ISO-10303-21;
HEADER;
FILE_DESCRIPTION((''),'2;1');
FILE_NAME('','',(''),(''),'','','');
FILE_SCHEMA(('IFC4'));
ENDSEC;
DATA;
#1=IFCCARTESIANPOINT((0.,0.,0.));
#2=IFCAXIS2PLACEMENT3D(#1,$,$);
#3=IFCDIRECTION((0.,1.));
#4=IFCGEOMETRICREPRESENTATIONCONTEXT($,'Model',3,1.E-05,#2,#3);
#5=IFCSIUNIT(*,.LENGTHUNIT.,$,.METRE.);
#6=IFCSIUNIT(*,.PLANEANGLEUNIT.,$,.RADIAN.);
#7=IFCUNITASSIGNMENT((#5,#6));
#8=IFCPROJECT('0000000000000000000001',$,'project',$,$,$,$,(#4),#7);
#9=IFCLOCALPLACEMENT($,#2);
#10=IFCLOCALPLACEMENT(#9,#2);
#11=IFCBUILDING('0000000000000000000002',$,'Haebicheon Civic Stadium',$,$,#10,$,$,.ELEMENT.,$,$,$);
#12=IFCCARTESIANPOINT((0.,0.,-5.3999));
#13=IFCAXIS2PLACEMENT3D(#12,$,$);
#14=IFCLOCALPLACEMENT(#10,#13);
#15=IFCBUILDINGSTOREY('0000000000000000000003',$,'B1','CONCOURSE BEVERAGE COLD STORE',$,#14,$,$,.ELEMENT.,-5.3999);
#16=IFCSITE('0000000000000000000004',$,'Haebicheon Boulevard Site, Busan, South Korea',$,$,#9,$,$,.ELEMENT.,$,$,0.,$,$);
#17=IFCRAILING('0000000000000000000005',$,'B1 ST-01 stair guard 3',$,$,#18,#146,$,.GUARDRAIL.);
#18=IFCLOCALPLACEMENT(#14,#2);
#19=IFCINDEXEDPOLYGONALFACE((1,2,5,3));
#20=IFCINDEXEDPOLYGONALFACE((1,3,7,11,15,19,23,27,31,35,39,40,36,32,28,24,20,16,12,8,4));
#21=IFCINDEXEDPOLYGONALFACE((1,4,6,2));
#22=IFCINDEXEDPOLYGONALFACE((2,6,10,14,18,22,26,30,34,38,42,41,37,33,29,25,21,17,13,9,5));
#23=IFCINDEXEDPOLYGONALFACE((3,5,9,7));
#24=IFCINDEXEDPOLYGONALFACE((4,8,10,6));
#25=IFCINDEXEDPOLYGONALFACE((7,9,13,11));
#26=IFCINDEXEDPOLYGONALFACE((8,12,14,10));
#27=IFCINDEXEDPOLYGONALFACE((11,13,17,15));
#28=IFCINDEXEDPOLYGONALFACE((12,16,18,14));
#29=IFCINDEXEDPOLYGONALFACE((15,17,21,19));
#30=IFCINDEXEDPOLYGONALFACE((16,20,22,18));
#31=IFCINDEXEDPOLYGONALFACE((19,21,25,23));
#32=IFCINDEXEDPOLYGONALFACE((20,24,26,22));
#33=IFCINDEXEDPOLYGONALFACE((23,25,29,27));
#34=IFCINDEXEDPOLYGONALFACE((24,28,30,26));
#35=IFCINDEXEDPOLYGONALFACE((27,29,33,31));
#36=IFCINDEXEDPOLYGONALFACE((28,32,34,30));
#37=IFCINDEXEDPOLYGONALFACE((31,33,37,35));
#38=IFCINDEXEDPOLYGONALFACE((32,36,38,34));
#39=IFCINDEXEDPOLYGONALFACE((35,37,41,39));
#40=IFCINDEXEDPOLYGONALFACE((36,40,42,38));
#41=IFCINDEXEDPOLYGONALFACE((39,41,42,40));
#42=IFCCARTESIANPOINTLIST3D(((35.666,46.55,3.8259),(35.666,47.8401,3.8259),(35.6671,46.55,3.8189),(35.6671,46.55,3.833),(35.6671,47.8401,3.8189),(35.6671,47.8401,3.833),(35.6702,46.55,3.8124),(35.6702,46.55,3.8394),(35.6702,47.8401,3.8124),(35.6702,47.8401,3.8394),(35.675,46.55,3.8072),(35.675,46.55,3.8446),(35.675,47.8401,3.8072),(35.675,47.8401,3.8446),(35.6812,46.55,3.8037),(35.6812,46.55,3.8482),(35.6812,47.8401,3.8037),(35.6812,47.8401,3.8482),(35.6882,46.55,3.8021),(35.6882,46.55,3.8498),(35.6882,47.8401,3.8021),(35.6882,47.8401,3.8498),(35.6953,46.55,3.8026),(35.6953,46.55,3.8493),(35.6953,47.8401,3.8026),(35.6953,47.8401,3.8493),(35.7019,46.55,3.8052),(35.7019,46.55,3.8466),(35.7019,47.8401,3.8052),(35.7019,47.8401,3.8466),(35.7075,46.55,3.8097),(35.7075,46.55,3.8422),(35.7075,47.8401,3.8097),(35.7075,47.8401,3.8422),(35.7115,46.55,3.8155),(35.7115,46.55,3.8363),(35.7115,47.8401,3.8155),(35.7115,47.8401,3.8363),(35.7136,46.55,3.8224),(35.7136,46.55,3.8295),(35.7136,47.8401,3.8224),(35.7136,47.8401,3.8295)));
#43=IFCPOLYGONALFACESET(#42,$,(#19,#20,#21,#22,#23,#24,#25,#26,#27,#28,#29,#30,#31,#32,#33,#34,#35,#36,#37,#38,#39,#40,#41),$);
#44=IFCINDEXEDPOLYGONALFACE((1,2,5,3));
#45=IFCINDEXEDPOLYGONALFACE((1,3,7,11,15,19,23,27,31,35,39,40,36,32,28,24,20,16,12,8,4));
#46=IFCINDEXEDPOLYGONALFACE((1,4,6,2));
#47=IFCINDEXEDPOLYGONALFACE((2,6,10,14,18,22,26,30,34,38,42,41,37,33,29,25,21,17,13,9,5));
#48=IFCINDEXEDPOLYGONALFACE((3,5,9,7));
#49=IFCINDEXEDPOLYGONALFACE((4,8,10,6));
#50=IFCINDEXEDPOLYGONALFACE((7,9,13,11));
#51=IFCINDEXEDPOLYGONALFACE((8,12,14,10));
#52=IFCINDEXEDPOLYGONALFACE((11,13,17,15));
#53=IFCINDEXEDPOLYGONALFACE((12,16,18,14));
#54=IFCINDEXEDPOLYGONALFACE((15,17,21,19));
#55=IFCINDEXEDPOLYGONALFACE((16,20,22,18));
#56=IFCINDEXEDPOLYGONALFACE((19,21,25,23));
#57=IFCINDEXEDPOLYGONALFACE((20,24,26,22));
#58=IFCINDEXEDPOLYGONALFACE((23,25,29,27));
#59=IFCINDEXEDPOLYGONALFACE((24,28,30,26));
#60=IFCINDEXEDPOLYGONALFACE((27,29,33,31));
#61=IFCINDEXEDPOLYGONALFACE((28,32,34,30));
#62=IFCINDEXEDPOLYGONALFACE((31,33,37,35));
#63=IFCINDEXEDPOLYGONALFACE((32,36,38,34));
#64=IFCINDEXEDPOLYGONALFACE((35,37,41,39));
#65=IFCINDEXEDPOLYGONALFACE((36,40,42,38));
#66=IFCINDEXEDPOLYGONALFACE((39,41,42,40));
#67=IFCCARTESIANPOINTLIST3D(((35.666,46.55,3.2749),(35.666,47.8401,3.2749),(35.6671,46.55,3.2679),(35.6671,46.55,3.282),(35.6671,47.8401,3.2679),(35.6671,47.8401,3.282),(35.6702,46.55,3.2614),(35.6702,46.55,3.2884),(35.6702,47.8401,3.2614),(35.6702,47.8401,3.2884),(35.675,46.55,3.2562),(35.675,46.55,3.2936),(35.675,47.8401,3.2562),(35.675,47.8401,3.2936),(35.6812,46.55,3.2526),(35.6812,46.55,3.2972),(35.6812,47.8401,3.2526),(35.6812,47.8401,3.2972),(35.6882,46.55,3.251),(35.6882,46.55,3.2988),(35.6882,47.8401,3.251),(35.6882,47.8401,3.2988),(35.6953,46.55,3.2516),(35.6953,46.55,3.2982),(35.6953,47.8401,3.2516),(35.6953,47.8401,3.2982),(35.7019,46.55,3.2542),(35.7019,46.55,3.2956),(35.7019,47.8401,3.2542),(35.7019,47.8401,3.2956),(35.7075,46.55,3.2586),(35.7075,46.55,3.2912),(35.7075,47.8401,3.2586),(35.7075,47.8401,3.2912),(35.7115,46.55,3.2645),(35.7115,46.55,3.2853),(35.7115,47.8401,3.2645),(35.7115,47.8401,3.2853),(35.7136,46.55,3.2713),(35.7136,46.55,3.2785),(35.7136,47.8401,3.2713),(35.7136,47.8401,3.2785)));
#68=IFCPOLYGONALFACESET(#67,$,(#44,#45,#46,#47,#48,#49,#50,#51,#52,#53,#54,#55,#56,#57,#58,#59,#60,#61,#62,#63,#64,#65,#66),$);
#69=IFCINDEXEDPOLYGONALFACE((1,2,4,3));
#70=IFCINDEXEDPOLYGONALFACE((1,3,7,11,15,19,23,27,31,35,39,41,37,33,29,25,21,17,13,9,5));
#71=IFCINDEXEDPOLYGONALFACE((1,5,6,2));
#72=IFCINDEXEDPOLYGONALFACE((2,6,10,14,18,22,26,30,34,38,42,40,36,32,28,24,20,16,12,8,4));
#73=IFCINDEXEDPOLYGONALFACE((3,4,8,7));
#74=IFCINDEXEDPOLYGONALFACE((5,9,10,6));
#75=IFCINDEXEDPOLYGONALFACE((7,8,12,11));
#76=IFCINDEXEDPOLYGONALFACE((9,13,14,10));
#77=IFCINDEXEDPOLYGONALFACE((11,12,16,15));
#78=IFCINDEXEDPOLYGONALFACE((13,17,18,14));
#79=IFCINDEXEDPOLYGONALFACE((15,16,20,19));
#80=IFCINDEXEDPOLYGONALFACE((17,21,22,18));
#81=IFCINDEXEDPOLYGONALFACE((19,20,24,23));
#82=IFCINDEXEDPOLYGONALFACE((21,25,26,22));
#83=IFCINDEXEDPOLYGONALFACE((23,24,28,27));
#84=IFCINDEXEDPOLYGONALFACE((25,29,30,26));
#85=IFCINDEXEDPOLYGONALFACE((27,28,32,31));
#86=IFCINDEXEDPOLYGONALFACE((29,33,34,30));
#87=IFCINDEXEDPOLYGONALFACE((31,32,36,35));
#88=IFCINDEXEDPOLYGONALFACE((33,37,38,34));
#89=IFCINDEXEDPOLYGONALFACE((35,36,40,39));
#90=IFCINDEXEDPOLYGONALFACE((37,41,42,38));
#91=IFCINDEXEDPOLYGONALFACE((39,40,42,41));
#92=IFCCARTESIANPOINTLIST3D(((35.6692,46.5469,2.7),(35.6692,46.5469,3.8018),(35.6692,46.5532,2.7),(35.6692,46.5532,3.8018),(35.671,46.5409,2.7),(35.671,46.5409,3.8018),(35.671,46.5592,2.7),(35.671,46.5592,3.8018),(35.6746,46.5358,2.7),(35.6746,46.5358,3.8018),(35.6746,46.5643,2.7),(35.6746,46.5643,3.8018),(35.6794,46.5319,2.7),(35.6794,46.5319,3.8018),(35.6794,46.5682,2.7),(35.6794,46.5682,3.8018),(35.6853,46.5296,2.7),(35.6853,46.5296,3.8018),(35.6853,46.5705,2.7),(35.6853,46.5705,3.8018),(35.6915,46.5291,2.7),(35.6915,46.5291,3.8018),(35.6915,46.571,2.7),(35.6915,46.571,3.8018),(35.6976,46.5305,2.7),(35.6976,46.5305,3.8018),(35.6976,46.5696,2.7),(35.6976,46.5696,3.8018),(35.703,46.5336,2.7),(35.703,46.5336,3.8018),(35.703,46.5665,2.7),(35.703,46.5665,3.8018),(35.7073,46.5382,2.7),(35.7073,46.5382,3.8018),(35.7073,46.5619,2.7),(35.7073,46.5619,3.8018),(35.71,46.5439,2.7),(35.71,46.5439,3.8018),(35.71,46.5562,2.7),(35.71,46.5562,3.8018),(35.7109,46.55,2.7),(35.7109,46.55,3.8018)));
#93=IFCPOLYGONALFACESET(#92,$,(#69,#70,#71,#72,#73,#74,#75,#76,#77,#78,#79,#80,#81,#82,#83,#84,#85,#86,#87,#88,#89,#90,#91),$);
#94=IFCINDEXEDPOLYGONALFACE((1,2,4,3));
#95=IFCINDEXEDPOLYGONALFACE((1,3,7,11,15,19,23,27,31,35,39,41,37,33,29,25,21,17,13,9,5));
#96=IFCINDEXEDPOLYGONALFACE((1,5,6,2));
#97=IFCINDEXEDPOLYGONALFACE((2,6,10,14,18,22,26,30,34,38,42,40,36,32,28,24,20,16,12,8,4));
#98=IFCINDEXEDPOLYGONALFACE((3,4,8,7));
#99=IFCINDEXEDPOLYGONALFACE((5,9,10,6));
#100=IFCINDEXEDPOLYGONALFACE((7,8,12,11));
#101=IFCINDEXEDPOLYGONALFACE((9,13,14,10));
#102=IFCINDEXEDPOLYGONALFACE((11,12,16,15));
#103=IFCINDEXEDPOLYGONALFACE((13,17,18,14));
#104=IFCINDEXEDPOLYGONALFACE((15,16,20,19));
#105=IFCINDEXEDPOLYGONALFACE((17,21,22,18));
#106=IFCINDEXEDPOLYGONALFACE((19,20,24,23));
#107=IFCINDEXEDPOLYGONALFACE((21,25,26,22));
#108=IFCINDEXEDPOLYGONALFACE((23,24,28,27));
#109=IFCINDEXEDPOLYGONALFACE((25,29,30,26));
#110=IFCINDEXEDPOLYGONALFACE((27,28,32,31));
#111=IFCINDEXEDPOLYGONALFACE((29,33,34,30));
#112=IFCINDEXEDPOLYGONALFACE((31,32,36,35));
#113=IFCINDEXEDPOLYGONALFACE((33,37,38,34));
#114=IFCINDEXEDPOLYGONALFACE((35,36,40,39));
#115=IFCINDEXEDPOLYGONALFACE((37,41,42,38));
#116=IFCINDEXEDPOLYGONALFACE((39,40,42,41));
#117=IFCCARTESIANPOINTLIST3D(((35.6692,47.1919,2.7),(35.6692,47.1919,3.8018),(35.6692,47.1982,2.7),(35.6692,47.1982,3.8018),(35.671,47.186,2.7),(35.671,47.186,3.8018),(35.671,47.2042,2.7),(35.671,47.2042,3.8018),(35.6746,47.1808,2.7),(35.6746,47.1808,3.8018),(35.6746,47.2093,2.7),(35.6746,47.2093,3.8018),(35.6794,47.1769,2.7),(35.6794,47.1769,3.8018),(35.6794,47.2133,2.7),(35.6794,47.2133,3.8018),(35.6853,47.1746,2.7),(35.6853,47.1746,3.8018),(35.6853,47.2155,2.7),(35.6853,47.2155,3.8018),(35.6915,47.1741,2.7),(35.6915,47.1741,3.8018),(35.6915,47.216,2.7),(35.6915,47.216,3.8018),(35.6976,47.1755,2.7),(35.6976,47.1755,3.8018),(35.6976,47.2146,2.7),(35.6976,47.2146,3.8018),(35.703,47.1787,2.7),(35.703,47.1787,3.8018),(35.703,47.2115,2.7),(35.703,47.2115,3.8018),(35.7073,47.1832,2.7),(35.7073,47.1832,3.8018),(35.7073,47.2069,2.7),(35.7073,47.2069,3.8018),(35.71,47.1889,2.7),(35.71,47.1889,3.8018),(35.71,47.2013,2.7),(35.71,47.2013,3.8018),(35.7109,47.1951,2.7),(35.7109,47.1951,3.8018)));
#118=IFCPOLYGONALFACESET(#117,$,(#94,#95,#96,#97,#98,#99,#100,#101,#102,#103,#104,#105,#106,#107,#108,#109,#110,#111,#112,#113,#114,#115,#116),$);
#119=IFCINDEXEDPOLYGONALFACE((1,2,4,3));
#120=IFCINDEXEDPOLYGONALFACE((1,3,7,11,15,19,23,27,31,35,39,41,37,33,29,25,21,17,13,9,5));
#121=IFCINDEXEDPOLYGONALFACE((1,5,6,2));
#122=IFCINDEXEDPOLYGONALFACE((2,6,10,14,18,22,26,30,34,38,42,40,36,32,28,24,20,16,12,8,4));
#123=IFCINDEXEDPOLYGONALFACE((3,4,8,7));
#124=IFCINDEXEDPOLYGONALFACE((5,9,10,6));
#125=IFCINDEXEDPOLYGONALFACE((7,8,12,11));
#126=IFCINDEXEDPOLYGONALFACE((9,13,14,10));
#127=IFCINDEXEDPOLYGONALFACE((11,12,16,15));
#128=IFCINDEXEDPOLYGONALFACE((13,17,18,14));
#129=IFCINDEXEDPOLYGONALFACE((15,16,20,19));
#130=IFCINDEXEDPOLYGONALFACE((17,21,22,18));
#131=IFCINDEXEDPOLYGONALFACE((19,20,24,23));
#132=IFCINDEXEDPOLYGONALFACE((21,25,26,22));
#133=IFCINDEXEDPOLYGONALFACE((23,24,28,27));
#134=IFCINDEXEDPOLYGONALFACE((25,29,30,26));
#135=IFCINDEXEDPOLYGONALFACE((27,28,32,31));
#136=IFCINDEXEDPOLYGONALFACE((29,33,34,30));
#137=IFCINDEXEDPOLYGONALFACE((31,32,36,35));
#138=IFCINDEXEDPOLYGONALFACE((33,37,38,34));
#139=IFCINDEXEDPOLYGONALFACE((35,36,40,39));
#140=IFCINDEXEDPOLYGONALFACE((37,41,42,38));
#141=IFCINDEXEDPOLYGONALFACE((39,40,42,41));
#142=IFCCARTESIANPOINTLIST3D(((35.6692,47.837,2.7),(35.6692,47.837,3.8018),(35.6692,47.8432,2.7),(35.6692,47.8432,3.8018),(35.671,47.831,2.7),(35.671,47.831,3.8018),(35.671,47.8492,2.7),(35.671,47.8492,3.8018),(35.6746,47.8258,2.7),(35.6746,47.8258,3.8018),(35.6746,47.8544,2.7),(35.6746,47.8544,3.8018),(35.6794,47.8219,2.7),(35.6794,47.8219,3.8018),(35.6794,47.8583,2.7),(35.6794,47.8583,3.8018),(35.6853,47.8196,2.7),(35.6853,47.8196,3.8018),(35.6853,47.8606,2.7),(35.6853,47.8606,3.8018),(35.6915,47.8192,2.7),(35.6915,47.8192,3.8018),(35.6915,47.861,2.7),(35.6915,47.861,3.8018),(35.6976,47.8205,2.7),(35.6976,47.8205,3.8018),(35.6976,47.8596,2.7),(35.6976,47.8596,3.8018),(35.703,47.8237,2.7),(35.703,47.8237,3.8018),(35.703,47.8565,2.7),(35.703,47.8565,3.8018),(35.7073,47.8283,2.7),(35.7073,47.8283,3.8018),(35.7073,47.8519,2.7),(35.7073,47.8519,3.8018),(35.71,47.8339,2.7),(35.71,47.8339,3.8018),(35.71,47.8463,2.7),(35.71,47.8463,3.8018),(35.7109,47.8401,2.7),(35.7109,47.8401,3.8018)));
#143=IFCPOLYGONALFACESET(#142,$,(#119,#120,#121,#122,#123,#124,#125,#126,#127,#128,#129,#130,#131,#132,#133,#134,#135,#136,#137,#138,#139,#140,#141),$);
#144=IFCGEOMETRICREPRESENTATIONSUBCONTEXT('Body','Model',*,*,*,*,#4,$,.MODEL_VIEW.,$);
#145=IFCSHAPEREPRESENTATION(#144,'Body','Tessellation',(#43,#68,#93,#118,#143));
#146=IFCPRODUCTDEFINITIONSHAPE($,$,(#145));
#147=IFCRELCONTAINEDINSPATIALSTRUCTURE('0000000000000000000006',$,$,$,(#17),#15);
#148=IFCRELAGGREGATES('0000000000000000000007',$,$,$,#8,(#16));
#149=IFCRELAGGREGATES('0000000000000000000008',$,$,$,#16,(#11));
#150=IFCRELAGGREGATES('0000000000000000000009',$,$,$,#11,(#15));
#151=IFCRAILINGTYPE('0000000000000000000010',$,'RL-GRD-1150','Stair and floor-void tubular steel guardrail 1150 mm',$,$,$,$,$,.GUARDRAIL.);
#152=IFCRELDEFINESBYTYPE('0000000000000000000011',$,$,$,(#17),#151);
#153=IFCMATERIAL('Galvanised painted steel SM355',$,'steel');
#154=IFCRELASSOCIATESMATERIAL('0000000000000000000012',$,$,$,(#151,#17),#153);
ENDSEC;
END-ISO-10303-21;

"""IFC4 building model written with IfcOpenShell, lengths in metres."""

from ifc_helpers import new_model, si_unit, direction, frame, origin, origin_2d, place, context, subcontext, project, spatial, circle, extrude, material, type_object, element, save


model = new_model("IFC4")

# Units and contexts
model_context = context("Model", 3, precision=1e-05, world=origin(), true_north=direction((0.0, 1.0)))
body_context = subcontext(model_context, "Body", "Model", "MODEL_VIEW")
ifc_project = project(units=[si_unit("LENGTHUNIT", "METRE"), si_unit("PLANEANGLEUNIT", "RADIAN")], contexts=[model_context])

# Site, building, storey
site_placement = place(None, origin())
site = spatial("IfcSite", under=ifc_project, at=site_placement, Name="Haebicheon Boulevard Site, Busan, South Korea", CompositionType="ELEMENT", RefElevation=0.0)
building_placement = place(site_placement, origin())
building = spatial("IfcBuilding", under=site, at=building_placement, Name="Haebicheon Civic Stadium", CompositionType="ELEMENT")
storey_placement = place(building_placement, frame((0.0, 0.0, -5.3999)))
storey = spatial("IfcBuildingStorey", under=building, at=storey_placement, Name="B1", Description="CONCOURSE BEVERAGE COLD STORE", CompositionType="ELEMENT", Elevation=-5.3999)

# Railing
ifc_material_1 = material(Name="Galvanised painted steel SM355", Category="steel")
railing_type = type_object("IfcRailingType", Name="RL-GRD-1150", Description="Stair and floor-void tubular steel guardrail 1150 mm", PredefinedType="GUARDRAIL", material=ifc_material_1)
railing_1_placement = place(storey_placement, frame((35.6899, 46.55, 2.7)))
element("IfcRailing", 1, at=railing_1_placement, inside=storey, type_object=railing_type, material=ifc_material_1, Name="B1 ST-01 stair guard 3", PredefinedType="GUARDRAIL", context=body_context, shape_type="SweptSolid", body=[
    extrude(circle(Radius=0.0239, at=origin_2d()), frame((0.0, 0.0, 1.126), z_axis=(0.0, 1.0, 0.0), x_axis=(-1.0, 0.0, 0.0)), (0.0, 0.0, 1.0), 1.29),
    extrude(circle(Radius=0.0239, at=origin_2d()), frame((0.0, 0.0, 0.575), z_axis=(0.0, 1.0, 0.0), x_axis=(-1.0, 0.0, 0.0)), (0.0, 0.0, 1.0), 1.29),
    extrude(circle(Radius=0.021, at=origin_2d()), origin(), (0.0, 0.0, 1.0), 1.1018),
    extrude(circle(Radius=0.021, at=origin_2d()), frame((0.0, 0.645, 0.0)), (0.0, 0.0, 1.0), 1.1018),
    extrude(circle(Radius=0.021, at=origin_2d()), frame((0.0, 1.29, 0.0)), (0.0, 0.0, 1.0), 1.1018),
])

save(model, "model.ifc")
